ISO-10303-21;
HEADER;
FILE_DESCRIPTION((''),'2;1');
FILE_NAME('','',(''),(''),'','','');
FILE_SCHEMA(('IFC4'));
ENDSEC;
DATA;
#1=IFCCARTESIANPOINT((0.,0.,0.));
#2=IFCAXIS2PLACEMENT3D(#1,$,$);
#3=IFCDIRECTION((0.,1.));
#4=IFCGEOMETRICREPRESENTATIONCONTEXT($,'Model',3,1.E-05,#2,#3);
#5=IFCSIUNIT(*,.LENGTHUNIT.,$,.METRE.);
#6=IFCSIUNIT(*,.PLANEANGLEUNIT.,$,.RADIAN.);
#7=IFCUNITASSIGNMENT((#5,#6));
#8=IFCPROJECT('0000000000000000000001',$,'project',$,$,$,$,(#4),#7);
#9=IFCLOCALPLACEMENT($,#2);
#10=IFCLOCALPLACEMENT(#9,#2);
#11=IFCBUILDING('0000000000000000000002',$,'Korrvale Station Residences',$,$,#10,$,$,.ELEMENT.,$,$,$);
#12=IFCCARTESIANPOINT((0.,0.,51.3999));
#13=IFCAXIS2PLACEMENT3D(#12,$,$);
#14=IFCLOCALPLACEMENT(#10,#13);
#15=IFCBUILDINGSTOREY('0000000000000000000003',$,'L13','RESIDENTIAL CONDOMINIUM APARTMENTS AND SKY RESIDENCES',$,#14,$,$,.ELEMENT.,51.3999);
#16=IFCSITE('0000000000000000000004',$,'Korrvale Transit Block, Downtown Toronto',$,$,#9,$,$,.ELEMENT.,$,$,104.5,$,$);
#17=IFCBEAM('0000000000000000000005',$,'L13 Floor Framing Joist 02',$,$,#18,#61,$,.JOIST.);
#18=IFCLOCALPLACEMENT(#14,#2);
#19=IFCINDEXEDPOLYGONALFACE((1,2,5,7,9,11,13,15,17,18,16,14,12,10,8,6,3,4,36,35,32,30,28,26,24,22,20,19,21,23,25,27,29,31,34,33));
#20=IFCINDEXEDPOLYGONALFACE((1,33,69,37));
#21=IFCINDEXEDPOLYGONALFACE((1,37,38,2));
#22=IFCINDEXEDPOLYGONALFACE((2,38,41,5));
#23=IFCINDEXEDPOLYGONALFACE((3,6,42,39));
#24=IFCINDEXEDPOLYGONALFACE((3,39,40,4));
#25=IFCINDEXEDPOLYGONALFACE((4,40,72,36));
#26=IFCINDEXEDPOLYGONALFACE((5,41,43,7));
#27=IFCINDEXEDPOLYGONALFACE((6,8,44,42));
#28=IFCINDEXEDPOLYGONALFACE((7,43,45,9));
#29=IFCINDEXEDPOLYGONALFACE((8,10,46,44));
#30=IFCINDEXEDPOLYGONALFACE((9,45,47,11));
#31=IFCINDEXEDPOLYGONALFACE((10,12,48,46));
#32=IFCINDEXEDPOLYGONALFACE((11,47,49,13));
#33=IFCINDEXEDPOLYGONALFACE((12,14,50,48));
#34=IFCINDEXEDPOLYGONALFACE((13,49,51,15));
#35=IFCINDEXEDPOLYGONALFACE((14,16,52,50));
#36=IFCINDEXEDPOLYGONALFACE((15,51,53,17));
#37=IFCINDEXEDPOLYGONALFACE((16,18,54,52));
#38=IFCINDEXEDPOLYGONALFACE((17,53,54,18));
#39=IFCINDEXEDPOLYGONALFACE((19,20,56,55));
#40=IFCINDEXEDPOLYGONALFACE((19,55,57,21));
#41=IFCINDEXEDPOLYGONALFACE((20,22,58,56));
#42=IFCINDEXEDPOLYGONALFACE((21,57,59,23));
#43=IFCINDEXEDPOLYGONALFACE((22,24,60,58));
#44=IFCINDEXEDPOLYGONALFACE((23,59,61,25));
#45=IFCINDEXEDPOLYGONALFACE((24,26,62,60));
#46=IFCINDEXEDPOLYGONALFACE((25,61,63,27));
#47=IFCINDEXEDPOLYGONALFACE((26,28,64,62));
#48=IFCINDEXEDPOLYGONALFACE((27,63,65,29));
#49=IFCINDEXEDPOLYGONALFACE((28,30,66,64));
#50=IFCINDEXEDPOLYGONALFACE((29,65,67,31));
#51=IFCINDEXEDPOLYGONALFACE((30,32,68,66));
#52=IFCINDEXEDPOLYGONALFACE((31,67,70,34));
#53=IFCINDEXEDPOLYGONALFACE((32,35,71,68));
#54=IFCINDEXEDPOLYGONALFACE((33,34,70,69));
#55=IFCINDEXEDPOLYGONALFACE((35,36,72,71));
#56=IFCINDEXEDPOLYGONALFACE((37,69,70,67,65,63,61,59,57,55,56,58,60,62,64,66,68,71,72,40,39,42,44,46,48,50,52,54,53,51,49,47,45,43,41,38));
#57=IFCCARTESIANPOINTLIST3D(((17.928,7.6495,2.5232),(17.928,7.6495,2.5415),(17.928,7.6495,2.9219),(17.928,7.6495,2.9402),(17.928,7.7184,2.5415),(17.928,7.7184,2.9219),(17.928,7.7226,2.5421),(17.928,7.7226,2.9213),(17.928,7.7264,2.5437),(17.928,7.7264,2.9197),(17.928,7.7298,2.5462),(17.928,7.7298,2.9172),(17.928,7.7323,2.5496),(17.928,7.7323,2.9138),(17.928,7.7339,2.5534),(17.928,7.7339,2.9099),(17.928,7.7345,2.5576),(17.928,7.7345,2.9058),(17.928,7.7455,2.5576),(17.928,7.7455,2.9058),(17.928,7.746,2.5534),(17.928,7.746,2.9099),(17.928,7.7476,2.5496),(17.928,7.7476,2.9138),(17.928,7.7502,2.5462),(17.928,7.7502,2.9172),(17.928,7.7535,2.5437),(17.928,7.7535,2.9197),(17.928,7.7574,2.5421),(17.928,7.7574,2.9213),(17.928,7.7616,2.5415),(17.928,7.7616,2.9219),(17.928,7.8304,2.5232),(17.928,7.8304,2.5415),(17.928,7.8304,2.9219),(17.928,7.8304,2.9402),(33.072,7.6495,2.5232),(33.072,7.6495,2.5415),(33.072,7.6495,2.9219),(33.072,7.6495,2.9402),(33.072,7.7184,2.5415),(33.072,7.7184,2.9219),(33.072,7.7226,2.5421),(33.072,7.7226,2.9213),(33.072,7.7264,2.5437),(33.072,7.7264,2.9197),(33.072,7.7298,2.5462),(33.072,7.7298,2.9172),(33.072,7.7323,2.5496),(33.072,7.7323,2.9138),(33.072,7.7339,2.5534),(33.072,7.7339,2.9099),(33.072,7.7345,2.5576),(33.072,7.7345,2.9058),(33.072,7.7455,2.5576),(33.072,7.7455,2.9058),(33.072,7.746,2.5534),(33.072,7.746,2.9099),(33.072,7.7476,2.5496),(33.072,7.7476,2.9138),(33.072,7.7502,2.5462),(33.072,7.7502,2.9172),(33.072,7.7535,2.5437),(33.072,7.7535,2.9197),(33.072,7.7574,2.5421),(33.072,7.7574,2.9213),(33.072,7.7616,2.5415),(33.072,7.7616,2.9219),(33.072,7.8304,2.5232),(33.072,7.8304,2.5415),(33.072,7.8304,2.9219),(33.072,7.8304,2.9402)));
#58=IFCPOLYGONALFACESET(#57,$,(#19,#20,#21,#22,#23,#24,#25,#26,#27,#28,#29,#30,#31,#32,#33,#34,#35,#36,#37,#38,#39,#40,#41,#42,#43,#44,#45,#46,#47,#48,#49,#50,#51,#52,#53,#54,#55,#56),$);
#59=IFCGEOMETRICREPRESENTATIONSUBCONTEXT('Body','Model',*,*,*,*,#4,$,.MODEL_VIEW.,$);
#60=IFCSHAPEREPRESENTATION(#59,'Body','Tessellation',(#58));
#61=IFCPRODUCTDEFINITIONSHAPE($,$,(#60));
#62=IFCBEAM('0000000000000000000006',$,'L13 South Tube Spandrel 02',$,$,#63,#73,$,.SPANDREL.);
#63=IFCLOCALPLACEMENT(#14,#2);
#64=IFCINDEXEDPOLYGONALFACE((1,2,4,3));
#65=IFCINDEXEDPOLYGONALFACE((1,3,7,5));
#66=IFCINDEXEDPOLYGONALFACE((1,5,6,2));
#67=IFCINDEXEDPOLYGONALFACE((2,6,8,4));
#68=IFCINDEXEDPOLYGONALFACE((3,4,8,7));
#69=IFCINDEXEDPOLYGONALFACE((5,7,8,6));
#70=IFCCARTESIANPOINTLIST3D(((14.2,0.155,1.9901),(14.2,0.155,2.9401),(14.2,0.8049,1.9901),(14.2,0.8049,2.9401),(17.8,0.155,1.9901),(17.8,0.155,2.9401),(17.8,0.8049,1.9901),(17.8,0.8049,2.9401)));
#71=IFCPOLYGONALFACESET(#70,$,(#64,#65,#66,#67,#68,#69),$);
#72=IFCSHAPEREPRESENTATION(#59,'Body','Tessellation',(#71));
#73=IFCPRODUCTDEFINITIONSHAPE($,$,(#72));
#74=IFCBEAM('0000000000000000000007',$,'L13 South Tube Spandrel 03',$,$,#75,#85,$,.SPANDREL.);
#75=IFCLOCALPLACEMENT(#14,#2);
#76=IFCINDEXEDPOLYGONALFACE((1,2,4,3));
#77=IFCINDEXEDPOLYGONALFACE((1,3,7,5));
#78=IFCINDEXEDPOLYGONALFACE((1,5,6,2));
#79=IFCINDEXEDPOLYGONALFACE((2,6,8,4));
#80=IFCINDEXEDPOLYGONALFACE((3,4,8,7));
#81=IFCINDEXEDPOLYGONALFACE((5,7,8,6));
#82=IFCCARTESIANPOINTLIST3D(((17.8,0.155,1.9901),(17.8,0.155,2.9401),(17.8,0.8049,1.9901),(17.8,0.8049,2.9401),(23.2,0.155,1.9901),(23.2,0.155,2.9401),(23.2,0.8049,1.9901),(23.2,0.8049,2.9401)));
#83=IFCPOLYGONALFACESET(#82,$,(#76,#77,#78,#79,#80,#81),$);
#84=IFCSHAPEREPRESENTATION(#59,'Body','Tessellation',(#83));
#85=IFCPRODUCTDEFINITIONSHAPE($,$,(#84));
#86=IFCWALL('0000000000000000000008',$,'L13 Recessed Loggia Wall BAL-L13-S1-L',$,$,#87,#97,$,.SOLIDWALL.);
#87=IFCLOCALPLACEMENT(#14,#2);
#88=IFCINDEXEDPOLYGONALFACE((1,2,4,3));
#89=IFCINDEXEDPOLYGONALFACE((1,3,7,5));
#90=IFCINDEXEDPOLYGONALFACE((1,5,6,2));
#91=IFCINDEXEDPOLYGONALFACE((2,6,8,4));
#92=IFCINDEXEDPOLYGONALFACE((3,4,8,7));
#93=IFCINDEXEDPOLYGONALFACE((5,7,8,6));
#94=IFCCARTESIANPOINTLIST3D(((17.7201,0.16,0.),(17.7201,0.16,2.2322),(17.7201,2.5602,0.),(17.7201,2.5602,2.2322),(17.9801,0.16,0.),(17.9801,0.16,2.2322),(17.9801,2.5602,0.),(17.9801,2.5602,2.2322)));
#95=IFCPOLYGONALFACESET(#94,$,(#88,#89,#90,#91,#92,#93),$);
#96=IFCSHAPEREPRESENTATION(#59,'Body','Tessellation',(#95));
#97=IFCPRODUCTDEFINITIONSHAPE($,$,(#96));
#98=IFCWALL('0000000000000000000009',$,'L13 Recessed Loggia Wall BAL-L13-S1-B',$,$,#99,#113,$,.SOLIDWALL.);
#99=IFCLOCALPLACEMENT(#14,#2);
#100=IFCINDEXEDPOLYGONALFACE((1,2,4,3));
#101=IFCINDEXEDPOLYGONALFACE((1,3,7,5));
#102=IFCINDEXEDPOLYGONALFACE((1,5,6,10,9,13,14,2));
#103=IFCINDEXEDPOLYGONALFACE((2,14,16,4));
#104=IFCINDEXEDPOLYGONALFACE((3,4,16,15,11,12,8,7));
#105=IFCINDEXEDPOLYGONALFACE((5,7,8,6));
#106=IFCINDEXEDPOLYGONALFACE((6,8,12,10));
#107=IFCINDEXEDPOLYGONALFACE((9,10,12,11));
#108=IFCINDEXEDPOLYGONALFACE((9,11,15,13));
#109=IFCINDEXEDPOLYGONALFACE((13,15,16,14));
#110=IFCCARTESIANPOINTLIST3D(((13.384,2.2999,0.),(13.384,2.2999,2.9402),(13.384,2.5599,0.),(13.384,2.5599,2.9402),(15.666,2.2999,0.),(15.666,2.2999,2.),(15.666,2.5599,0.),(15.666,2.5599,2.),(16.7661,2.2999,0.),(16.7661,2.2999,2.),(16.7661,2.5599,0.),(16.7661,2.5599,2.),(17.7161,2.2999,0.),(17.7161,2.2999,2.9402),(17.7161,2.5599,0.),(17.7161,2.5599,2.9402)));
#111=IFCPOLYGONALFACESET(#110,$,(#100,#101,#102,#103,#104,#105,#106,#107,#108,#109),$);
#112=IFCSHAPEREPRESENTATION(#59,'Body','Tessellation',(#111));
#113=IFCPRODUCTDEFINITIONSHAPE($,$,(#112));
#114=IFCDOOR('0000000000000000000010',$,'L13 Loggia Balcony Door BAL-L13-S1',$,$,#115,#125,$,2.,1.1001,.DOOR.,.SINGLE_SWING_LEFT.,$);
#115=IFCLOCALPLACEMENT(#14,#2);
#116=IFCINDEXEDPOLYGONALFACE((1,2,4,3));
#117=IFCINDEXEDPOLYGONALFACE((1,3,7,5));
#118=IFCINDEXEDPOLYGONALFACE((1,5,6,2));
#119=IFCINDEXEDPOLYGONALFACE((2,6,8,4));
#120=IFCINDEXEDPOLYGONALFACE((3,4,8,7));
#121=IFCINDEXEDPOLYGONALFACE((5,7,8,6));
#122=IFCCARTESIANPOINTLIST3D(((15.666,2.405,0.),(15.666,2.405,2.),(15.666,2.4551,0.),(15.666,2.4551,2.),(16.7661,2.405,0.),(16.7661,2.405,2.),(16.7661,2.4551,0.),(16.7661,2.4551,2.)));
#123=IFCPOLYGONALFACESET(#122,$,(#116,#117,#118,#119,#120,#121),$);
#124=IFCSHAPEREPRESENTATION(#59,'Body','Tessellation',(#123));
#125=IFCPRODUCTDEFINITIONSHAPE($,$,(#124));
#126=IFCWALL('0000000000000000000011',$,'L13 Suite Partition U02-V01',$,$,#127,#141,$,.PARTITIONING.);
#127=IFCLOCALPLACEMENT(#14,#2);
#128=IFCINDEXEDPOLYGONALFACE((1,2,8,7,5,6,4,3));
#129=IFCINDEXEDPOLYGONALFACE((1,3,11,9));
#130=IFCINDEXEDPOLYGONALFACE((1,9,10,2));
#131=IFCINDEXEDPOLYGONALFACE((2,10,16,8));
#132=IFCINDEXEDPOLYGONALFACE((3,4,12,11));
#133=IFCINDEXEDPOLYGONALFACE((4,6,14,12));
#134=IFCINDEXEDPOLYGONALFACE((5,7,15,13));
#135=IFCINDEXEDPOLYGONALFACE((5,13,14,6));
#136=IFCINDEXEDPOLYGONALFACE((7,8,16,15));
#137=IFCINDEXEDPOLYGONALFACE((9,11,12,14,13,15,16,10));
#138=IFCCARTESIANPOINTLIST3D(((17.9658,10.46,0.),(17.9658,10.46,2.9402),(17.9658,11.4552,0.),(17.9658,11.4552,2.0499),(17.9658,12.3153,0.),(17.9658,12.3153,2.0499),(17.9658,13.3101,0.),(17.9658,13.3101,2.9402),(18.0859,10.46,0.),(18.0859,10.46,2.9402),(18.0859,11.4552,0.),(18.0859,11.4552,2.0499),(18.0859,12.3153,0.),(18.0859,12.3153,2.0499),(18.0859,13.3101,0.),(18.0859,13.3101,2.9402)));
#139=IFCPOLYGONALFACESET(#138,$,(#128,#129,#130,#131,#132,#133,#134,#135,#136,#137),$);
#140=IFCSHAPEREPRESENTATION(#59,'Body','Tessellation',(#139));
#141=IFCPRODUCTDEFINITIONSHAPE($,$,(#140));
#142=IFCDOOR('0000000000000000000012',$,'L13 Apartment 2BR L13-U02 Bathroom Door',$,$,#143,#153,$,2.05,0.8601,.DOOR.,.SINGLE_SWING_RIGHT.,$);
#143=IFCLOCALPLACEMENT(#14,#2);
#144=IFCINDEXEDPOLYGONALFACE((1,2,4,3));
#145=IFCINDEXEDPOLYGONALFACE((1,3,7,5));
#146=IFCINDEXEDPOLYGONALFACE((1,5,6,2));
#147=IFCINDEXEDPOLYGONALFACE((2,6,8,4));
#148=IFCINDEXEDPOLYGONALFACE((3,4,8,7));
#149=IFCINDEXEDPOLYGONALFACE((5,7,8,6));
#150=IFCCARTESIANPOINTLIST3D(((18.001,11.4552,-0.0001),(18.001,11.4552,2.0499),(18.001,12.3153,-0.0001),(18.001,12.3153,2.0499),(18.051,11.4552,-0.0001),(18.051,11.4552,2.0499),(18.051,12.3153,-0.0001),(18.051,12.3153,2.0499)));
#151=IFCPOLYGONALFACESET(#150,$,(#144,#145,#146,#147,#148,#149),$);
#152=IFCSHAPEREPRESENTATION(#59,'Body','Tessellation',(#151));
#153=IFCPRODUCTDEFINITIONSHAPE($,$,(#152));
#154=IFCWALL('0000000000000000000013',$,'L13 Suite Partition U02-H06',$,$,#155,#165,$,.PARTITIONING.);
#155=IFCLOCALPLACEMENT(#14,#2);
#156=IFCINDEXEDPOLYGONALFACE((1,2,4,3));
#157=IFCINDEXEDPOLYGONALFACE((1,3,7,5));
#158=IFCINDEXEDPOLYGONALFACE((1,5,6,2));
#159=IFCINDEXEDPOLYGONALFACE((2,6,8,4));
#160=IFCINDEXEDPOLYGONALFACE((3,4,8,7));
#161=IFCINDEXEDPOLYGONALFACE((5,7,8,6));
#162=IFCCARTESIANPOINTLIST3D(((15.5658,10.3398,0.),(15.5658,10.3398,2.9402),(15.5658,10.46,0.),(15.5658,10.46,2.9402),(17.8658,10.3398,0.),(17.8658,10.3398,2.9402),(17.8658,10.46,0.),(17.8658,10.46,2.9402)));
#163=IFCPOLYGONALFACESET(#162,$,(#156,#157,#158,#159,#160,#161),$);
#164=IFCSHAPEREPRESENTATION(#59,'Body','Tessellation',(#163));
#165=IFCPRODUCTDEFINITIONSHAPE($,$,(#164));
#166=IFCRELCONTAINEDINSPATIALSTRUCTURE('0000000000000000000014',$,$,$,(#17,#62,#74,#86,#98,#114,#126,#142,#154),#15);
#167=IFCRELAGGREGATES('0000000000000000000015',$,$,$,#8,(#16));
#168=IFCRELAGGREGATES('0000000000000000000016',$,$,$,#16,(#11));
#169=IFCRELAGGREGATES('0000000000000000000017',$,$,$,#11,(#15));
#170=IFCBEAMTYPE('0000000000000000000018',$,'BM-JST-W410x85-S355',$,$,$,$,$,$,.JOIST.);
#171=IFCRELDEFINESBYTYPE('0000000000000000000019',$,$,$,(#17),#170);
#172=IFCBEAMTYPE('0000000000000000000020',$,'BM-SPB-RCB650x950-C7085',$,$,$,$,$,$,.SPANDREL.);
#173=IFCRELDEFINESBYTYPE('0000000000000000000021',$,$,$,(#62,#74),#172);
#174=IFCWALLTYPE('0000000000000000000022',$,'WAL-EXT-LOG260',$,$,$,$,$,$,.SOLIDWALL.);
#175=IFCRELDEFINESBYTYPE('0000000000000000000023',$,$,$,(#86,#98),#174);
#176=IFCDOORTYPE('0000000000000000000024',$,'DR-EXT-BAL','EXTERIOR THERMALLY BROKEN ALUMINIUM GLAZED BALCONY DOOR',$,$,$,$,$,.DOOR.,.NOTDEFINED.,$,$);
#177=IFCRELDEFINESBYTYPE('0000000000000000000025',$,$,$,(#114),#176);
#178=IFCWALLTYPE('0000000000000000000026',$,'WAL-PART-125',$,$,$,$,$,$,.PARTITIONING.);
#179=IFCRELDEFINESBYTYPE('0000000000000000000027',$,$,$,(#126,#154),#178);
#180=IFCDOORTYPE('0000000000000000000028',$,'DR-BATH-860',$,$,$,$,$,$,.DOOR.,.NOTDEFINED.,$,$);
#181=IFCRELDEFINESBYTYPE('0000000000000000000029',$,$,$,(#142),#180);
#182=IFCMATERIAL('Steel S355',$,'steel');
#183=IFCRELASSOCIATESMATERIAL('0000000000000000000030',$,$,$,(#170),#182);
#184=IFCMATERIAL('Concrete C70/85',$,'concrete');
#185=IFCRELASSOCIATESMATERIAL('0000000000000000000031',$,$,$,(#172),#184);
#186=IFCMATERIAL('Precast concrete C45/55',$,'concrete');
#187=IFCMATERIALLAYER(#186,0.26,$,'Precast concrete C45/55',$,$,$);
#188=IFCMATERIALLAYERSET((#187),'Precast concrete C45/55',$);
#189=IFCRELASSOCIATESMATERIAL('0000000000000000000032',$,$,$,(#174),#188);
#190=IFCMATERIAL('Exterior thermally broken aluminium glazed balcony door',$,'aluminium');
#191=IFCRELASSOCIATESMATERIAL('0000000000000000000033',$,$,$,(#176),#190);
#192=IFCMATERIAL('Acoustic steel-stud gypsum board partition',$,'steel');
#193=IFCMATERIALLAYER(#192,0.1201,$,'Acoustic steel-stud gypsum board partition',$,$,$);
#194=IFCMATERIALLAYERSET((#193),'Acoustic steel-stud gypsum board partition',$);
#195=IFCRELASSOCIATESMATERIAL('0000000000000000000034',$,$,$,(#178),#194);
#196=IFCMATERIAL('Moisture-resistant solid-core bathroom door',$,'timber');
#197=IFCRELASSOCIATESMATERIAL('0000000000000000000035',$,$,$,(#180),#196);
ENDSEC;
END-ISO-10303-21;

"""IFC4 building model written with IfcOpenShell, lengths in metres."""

from ifc_helpers import new_model, si_unit, direction, frame, frame_2d, origin, origin_2d, place, context, subcontext, project, spatial, rectangle, i_section, extrude, material, layer, layer_set, material_profile, profile_set, type_object, element, fill, save


model = new_model("IFC4")

# Units and contexts
model_context = context("Model", 3, precision=1e-05, world=origin(), true_north=direction((0.0, 1.0)))
body_context = subcontext(model_context, "Body", "Model", "MODEL_VIEW")
ifc_project = project(units=[si_unit("LENGTHUNIT", "METRE"), si_unit("PLANEANGLEUNIT", "RADIAN")], contexts=[model_context])

# Site, building, storey
site_placement = place(None, origin())
site = spatial("IfcSite", under=ifc_project, at=site_placement, Name="Korrvale Transit Block, Downtown Toronto", CompositionType="ELEMENT", RefElevation=104.5)
building_placement = place(site_placement, origin())
building = spatial("IfcBuilding", under=site, at=building_placement, Name="Korrvale Station Residences", CompositionType="ELEMENT")
storey_placement = place(building_placement, frame((0.0, 0.0, 51.3999)))
storey = spatial("IfcBuildingStorey", under=building, at=storey_placement, Name="L13", Description="RESIDENTIAL CONDOMINIUM APARTMENTS AND SKY RESIDENCES", CompositionType="ELEMENT", Elevation=51.3999)

# Shared definitions
ifc_material_1 = material(Name="Concrete C70/85", Category="concrete")

# Beams
ifc_material_2 = material(Name="Steel S355", Category="steel")
ifc_material_profile_1 = material_profile(ifc_material_2, i_section(OverallWidth=0.1809, OverallDepth=0.417, WebThickness=0.011, FlangeThickness=0.0183, FilletRadius=0.0161, at=origin_2d()), Name="W410x85")
ifc_profile_set_1 = profile_set([ifc_material_profile_1], Name="Steel S355")
beam_type_1 = type_object("IfcBeamType", Name="BM-JST-W410x85-S355", PredefinedType="JOIST", material=ifc_profile_set_1)
beam_1_placement = place(storey_placement, frame((17.928, 7.74, 2.7317), z_axis=(1.0, 0.0, 0.0), x_axis=(0.0, 1.0, 0.0)))
element("IfcBeam", 1, at=beam_1_placement, inside=storey, type_object=beam_type_1, Name="L13 Floor Framing Joist 02", PredefinedType="JOIST", context=body_context, shape_type="SweptSolid", body=[
    extrude(i_section(OverallWidth=0.1809, OverallDepth=0.417, WebThickness=0.011, FlangeThickness=0.0183, FilletRadius=0.0161, at=origin_2d()), origin(), (0.0, 0.0, 1.0), 15.144),
])
ifc_material_profile_2 = material_profile(ifc_material_1, rectangle(XDim=0.6499, YDim=0.95, at=origin_2d()), Name="RCB650x950")
ifc_profile_set_2 = profile_set([ifc_material_profile_2], Name="Concrete C70/85")
beam_type_2 = type_object("IfcBeamType", Name="BM-SPB-RCB650x950-C7085", PredefinedType="SPANDREL", material=ifc_profile_set_2)
beam_2_placement = place(storey_placement, frame((14.2, 0.48, 2.4651), z_axis=(1.0, 0.0, 0.0), x_axis=(0.0, 1.0, 0.0)))
element("IfcBeam", 2, at=beam_2_placement, inside=storey, type_object=beam_type_2, Name="L13 South Tube Spandrel 02", PredefinedType="SPANDREL", context=body_context, shape_type="SweptSolid", body=[
    extrude(rectangle(XDim=0.6499, YDim=0.95, at=origin_2d()), origin(), (0.0, 0.0, 1.0), 3.6001),
])
beam_3_placement = place(storey_placement, frame((17.8, 0.48, 2.4651), z_axis=(1.0, 0.0, 0.0), x_axis=(0.0, 1.0, 0.0)))
element("IfcBeam", 3, at=beam_3_placement, inside=storey, type_object=beam_type_2, Name="L13 South Tube Spandrel 03", PredefinedType="SPANDREL", context=body_context, shape_type="SweptSolid", body=[
    extrude(rectangle(XDim=0.6499, YDim=0.95, at=origin_2d()), origin(), (0.0, 0.0, 1.0), 5.3999),
])

# Wall
ifc_material_3 = material(Name="Precast concrete C45/55", Category="concrete")
ifc_layer_1 = layer(ifc_material_3, 0.26, Name="Precast concrete C45/55")
ifc_layer_set_1 = layer_set([ifc_layer_1], Name="Precast concrete C45/55")
wall_type_1 = type_object("IfcWallType", Name="WAL-EXT-LOG260", PredefinedType="SOLIDWALL", material=ifc_layer_set_1)
wall_1_placement = place(storey_placement, frame((17.8501, 0.1599, 0.0), z_axis=(0.0, 0.0, 1.0), x_axis=(0.0, 1.0, 0.0)))
element("IfcWall", 4, at=wall_1_placement, inside=storey, type_object=wall_type_1, Name="L13 Recessed Loggia Wall BAL-L13-S1-L", PredefinedType="SOLIDWALL", context=body_context, shape_type="SweptSolid", body=[
    extrude(rectangle(XDim=2.4001, YDim=0.26, at=frame_2d((1.2002, 0.0))), origin(), (0.0, 0.0, 1.0), 2.2322),
])

# Walls, openings, doors
wall_2_placement = place(storey_placement, frame((17.7161, 2.4299, 0.0), z_axis=(0.0, 0.0, 1.0), x_axis=(-1.0, 0.0, 0.0)))
wall_2 = element("IfcWall", 5, at=wall_2_placement, inside=storey, type_object=wall_type_1, Name="L13 Recessed Loggia Wall BAL-L13-S1-B", PredefinedType="SOLIDWALL", context=body_context, shape_type="SweptSolid", body=[
    extrude(rectangle(XDim=4.332, YDim=0.26, at=frame_2d((2.166, 0.0))), origin(), (0.0, 0.0, 1.0), 2.9402),
])
opening_1_placement = place(wall_2_placement, frame((0.95, 0.0, 0.0)))
opening_1 = element("IfcOpeningElement", 6, at=opening_1_placement, cuts=wall_2, PredefinedType="OPENING", context=body_context, shape_type="SweptSolid", body=[
    extrude(rectangle(XDim=1.1001, YDim=2.0, at=frame_2d((0.55, 1.0))), frame((0.0, 0.1401, 0.0), z_axis=(0.0, -1.0, 0.0), x_axis=(1.0, 0.0, 0.0)), (0.0, 0.0, 1.0), 0.28),
])
ifc_material_4 = material(Name="Exterior thermally broken aluminium glazed balcony door", Category="aluminium")
door_type_1 = type_object("IfcDoorType", Name="DR-EXT-BAL", Description="EXTERIOR THERMALLY BROKEN ALUMINIUM GLAZED BALCONY DOOR", OperationType="NOTDEFINED", PredefinedType="DOOR", material=ifc_material_4)
door_1_placement = place(opening_1_placement, origin())
door_1 = element("IfcDoor", 7, at=door_1_placement, inside=storey, type_object=door_type_1, Name="L13 Loggia Balcony Door BAL-L13-S1", OperationType="SINGLE_SWING_LEFT", OverallHeight=2.0, OverallWidth=1.1001, PredefinedType="DOOR", context=body_context, shape_type="SweptSolid", body=[
    extrude(rectangle(XDim=1.1001, YDim=2.0, at=frame_2d((0.55, 1.0))), frame((0.0, 0.0249, 0.0), z_axis=(0.0, -1.0, 0.0), x_axis=(1.0, 0.0, 0.0)), (0.0, 0.0, 1.0), 0.05),
])
fill(opening_1, door_1)
ifc_material_5 = material(Name="Acoustic steel-stud gypsum board partition", Category="steel")
ifc_layer_2 = layer(ifc_material_5, 0.1201, Name="Acoustic steel-stud gypsum board partition")
ifc_layer_set_2 = layer_set([ifc_layer_2], Name="Acoustic steel-stud gypsum board partition")
wall_type_2 = type_object("IfcWallType", Name="WAL-PART-125", PredefinedType="PARTITIONING", material=ifc_layer_set_2)
wall_3_placement = place(storey_placement, frame((18.0259, 10.46, 0.0), z_axis=(0.0, 0.0, 1.0), x_axis=(0.0, 1.0, 0.0)))
wall_3 = element("IfcWall", 8, at=wall_3_placement, inside=storey, type_object=wall_type_2, Name="L13 Suite Partition U02-V01", PredefinedType="PARTITIONING", context=body_context, shape_type="SweptSolid", body=[
    extrude(rectangle(XDim=2.8501, YDim=0.1201, at=frame_2d((1.425, 0.0))), origin(), (0.0, 0.0, 1.0), 2.9402),
])
opening_2_placement = place(wall_3_placement, frame((0.9951, 0.0, 0.0)))
opening_2 = element("IfcOpeningElement", 9, at=opening_2_placement, cuts=wall_3, PredefinedType="OPENING", context=body_context, shape_type="SweptSolid", body=[
    extrude(rectangle(XDim=0.8601, YDim=2.05, at=frame_2d((0.4302, 1.0249))), frame((0.0, 0.0701, 0.0), z_axis=(0.0, -1.0, 0.0), x_axis=(1.0, 0.0, 0.0)), (0.0, 0.0, 1.0), 0.1401),
])
ifc_material_6 = material(Name="Moisture-resistant solid-core bathroom door", Category="timber")
door_type_2 = type_object("IfcDoorType", Name="DR-BATH-860", OperationType="NOTDEFINED", PredefinedType="DOOR", material=ifc_material_6)
door_2_placement = place(opening_2_placement, origin())
door_2 = element("IfcDoor", 10, at=door_2_placement, inside=storey, type_object=door_type_2, Name="L13 Apartment 2BR L13-U02 Bathroom Door", OperationType="SINGLE_SWING_RIGHT", OverallHeight=2.05, OverallWidth=0.8601, PredefinedType="DOOR", context=body_context, shape_type="SweptSolid", body=[
    extrude(rectangle(XDim=0.8601, YDim=2.05, at=frame_2d((0.4302, 1.0249))), frame((0.0, 0.0249, 0.0), z_axis=(0.0, -1.0, 0.0), x_axis=(1.0, 0.0, 0.0)), (0.0, 0.0, 1.0), 0.05),
])
fill(opening_2, door_2)

# Wall
wall_4_placement = place(storey_placement, frame((15.5659, 10.3999, 0.0), z_axis=(0.0, 0.0, 1.0), x_axis=(1.0, 0.0, 0.0)))
element("IfcWall", 11, at=wall_4_placement, inside=storey, type_object=wall_type_2, Name="L13 Suite Partition U02-H06", PredefinedType="PARTITIONING", context=body_context, shape_type="SweptSolid", body=[
    extrude(rectangle(XDim=2.3, YDim=0.1201, at=frame_2d((1.1499, 0.0))), origin(), (0.0, 0.0, 1.0), 2.9402),
])

save(model, "model.ifc")
